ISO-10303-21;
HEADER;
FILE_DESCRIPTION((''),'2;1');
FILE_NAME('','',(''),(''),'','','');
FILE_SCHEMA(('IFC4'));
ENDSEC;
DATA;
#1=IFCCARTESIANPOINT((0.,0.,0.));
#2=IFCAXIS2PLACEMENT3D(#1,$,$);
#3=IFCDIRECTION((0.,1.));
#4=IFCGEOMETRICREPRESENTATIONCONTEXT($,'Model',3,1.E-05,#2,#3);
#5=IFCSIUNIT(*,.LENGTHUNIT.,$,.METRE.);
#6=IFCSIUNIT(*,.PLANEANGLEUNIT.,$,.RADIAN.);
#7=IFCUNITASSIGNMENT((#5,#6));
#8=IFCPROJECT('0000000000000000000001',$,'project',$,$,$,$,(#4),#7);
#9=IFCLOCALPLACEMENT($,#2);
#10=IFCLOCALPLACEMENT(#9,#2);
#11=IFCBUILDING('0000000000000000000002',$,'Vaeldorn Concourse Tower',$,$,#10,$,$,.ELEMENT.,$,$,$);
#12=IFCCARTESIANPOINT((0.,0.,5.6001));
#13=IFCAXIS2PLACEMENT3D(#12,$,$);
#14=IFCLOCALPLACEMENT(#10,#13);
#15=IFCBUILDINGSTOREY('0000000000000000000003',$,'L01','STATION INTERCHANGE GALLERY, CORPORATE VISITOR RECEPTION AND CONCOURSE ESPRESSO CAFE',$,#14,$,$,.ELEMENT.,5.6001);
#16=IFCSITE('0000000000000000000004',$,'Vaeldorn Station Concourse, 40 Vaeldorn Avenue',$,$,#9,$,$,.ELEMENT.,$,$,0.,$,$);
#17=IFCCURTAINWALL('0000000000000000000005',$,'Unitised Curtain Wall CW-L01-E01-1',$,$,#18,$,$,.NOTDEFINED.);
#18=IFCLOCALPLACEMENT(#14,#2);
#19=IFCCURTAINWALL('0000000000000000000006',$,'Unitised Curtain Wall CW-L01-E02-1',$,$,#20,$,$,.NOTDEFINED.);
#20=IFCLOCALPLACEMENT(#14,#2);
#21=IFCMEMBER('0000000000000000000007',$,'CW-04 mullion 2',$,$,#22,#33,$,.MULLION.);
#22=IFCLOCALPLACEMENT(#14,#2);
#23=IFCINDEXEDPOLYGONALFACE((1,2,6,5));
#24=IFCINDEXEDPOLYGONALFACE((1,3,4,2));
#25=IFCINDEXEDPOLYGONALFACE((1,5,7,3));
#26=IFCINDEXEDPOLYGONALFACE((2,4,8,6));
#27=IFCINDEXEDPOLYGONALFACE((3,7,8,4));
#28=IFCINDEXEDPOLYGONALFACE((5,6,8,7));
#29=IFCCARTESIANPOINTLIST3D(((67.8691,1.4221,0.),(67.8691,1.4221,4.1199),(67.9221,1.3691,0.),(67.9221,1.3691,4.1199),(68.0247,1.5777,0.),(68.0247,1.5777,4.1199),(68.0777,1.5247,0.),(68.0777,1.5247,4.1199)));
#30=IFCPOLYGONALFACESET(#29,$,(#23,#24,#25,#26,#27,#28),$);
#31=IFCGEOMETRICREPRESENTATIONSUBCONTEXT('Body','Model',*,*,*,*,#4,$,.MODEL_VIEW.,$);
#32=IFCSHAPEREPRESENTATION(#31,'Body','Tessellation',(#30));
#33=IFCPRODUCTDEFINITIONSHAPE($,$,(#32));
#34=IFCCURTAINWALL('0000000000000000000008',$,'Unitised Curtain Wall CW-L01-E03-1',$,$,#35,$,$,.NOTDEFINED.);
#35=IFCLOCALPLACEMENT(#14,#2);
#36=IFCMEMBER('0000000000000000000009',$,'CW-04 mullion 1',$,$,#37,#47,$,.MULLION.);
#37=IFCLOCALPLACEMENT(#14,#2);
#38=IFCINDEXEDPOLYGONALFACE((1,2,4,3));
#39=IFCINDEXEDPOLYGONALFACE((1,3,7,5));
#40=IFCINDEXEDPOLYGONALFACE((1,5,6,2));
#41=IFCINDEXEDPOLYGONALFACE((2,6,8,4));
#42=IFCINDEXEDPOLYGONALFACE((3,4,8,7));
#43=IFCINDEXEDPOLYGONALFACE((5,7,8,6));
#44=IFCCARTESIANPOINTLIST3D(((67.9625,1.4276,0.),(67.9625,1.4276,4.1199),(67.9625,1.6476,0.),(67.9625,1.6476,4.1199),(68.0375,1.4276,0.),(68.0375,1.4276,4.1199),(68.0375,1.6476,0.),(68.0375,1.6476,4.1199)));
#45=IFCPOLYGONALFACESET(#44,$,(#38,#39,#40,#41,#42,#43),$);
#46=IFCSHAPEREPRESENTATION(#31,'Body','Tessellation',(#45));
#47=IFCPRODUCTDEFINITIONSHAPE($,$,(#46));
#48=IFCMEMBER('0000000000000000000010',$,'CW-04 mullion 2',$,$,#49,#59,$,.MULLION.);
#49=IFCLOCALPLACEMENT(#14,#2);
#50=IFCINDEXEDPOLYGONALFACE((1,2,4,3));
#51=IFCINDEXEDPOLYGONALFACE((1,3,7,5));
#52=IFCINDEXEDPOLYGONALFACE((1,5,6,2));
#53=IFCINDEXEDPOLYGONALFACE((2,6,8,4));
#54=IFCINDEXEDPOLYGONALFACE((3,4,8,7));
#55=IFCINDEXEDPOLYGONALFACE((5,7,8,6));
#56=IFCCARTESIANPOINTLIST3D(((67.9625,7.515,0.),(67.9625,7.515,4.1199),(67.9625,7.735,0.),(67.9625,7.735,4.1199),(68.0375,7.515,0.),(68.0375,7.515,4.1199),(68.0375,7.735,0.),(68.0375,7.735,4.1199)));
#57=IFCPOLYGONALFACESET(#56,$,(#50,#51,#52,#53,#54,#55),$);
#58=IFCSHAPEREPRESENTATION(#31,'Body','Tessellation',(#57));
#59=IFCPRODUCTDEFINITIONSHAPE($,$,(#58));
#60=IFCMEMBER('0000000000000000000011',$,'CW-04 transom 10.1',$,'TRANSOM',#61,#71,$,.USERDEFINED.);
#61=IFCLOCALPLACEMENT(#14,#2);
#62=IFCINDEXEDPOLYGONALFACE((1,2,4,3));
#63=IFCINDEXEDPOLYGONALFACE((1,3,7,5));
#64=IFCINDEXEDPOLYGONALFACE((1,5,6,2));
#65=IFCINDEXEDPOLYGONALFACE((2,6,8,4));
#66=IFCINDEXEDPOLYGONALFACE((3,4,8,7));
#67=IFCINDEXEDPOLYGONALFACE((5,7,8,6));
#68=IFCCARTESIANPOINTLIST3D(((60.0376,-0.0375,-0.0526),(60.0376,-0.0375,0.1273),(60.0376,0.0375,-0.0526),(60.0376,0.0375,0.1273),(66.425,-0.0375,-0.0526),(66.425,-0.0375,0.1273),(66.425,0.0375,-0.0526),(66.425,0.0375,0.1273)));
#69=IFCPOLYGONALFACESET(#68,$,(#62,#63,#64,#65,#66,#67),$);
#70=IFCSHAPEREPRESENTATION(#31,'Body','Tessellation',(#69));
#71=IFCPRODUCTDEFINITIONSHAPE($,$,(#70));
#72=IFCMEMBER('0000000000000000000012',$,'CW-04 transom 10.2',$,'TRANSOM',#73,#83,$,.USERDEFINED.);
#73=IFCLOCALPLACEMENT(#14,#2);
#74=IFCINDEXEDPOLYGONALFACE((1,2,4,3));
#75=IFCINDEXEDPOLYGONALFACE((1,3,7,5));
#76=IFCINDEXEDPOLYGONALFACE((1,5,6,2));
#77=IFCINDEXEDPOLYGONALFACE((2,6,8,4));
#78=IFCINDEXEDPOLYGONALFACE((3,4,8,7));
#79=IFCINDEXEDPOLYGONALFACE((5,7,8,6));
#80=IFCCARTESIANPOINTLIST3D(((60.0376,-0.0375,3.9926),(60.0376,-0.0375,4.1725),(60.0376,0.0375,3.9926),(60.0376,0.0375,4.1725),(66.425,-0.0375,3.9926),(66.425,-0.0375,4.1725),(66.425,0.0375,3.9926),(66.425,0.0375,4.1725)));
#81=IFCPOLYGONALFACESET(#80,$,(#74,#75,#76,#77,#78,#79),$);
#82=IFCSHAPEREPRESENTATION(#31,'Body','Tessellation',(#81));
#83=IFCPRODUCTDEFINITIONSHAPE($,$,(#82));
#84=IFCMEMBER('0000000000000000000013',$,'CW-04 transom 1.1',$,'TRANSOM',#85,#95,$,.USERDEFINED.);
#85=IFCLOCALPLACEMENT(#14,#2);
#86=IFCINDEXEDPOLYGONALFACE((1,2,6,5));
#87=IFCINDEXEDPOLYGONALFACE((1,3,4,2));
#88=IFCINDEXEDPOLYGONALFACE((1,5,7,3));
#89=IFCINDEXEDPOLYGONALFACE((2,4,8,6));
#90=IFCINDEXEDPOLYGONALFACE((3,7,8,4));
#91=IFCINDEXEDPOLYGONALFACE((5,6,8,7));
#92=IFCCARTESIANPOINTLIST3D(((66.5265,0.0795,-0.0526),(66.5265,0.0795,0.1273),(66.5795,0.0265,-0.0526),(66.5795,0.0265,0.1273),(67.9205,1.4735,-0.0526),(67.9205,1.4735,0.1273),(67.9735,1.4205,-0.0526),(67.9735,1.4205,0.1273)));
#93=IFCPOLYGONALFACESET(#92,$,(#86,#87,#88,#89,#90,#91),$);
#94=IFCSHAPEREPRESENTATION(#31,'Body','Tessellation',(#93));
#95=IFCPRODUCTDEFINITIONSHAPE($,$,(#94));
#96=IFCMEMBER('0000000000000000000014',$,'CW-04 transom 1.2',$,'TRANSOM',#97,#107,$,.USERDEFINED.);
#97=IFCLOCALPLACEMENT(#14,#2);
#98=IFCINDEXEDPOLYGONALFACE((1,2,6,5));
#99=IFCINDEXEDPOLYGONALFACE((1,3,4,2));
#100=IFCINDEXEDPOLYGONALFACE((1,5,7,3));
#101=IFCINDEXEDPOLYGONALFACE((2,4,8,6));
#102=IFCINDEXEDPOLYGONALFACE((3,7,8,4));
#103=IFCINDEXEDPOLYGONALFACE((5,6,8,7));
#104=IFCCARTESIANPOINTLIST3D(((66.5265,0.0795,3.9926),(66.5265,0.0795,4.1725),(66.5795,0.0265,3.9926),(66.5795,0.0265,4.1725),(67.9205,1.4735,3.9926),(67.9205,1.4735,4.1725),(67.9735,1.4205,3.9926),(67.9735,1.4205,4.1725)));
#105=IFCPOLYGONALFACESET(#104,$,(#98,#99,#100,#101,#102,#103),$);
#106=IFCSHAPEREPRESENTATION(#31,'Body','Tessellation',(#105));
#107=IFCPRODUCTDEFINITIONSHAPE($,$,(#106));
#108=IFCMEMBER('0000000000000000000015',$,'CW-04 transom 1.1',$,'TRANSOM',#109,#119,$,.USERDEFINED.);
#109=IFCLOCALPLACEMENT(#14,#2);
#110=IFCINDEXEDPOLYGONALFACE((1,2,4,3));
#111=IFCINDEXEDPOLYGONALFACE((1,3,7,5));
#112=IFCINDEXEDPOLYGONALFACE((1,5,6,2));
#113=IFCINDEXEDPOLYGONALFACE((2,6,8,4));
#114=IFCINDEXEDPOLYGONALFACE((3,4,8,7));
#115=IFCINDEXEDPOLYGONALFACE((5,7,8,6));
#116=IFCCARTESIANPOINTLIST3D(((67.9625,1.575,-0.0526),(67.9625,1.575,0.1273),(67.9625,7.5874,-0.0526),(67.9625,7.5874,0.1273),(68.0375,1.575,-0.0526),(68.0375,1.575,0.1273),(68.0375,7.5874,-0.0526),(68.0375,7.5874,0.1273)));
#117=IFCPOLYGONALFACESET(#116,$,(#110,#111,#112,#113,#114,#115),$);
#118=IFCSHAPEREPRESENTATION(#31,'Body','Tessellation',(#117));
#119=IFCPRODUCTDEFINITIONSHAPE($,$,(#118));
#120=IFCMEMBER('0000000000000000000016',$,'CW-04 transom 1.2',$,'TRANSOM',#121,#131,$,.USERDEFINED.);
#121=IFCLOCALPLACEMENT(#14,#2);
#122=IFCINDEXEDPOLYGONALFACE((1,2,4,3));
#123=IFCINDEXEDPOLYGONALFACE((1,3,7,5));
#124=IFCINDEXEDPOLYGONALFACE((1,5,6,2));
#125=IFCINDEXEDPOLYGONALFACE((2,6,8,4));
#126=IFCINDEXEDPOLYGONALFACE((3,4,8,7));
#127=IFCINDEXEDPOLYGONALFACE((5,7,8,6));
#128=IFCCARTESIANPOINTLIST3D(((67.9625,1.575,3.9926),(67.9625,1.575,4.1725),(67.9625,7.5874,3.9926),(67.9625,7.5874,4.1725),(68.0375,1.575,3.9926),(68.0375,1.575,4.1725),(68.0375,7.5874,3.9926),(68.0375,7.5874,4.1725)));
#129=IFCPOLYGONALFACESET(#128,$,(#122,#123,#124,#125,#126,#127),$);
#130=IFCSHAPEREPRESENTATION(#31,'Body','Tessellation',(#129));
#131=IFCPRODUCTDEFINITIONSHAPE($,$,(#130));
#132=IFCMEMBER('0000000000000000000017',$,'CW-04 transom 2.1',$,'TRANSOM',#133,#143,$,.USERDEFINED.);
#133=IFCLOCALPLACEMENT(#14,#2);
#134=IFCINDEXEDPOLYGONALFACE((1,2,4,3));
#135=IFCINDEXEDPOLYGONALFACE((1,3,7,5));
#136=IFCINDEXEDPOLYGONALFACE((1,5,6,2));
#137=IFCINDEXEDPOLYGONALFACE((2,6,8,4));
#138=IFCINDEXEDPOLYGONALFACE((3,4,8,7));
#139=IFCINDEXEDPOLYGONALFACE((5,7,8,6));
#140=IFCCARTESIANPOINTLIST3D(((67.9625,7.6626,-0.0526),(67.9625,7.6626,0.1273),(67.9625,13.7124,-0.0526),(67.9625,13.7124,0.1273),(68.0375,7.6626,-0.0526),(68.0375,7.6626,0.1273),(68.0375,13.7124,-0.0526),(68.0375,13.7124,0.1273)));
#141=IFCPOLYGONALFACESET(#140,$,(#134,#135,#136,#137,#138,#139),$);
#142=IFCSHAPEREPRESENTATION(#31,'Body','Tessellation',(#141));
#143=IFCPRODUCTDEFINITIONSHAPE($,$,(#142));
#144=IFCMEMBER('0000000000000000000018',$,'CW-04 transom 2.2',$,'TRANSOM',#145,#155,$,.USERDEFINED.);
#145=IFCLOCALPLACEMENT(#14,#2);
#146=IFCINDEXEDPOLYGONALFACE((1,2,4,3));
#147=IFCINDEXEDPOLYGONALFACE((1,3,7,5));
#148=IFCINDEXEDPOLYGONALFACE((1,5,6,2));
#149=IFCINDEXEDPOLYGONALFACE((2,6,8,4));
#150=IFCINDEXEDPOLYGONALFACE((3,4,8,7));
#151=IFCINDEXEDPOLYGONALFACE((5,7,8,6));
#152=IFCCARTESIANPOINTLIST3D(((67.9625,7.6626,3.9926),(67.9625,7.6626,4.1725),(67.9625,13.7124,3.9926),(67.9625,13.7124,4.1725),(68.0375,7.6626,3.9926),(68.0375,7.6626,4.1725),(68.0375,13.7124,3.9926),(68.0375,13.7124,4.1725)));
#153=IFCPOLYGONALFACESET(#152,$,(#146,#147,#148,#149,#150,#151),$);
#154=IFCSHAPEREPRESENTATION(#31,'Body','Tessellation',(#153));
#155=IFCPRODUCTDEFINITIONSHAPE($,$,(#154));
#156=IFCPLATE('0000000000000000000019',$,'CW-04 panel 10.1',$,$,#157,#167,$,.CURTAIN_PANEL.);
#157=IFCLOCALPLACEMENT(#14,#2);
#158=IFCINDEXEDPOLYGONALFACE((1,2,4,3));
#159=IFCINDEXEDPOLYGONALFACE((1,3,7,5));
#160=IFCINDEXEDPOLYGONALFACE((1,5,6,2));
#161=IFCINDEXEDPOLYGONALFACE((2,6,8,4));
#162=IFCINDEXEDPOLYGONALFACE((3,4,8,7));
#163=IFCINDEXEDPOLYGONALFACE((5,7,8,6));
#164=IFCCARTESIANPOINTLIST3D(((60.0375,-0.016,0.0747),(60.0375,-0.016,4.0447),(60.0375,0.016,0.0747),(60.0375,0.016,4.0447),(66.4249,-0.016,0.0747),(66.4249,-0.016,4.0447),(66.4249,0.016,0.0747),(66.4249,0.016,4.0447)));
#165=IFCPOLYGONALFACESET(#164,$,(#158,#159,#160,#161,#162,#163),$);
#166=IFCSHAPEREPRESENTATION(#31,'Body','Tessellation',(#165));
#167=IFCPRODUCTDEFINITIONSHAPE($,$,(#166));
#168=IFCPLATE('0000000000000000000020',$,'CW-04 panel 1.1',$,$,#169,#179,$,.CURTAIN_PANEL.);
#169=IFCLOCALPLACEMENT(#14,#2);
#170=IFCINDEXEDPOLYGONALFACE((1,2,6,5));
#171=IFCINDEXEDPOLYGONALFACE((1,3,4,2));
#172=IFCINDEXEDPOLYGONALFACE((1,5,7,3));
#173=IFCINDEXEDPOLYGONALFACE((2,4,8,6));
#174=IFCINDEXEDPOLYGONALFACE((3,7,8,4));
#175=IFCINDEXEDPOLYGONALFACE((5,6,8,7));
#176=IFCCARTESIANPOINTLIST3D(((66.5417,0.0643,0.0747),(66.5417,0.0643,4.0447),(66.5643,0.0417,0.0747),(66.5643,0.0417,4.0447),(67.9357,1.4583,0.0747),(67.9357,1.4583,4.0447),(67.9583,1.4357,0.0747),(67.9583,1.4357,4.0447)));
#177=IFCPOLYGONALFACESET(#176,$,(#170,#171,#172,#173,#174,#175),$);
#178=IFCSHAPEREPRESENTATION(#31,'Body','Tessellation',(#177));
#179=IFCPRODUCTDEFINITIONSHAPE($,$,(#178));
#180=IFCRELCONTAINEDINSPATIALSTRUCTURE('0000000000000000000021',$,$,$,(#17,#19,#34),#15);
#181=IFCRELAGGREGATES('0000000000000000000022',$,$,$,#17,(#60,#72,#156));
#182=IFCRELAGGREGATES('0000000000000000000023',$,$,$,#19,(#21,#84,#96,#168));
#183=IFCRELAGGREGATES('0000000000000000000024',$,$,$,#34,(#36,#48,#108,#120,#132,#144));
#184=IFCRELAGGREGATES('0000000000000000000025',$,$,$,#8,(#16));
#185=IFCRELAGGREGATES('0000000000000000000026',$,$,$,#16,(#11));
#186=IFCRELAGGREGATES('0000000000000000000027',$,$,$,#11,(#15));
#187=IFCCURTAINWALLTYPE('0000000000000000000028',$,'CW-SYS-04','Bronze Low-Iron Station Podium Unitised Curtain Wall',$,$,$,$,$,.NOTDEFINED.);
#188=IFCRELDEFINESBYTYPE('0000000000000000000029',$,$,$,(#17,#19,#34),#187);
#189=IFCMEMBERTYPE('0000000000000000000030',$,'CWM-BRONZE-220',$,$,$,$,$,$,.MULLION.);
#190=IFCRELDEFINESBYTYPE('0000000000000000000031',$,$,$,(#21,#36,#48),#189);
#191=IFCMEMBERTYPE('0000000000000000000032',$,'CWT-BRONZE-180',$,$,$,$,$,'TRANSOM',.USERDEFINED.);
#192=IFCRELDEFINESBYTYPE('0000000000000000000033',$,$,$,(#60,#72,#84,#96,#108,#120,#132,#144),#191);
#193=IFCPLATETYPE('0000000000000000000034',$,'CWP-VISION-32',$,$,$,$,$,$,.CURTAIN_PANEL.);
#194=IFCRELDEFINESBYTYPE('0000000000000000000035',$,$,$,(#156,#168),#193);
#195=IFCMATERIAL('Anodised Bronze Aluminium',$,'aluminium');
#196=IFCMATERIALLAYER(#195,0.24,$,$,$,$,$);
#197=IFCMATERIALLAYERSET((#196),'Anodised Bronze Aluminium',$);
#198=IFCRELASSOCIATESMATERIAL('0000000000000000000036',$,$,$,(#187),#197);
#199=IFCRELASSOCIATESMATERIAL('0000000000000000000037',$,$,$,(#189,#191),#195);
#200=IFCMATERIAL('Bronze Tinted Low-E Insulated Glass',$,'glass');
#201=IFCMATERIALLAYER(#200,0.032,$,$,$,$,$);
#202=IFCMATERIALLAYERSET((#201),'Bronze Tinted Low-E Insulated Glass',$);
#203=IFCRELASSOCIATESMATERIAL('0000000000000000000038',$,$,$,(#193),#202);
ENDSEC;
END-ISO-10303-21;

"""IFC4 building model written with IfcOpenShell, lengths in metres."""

from ifc_helpers import new_model, si_unit, direction, frame, origin, origin_2d, place, context, subcontext, project, spatial, rectangle, extrude, source, transform, mapped, material, layer, layer_set, material_profile, profile_set, type_object, element, aggregate, save


model = new_model("IFC4")

# Units and contexts
model_context = context("Model", 3, precision=1e-05, world=origin(), true_north=direction((0.0, 1.0)))
body_context = subcontext(model_context, "Body", "Model", "MODEL_VIEW")
ifc_project = project(units=[si_unit("LENGTHUNIT", "METRE"), si_unit("PLANEANGLEUNIT", "RADIAN")], contexts=[model_context])

# Site, building, storey
site_placement = place(None, origin())
site = spatial("IfcSite", under=ifc_project, at=site_placement, Name="Vaeldorn Station Concourse, 40 Vaeldorn Avenue", CompositionType="ELEMENT", RefElevation=0.0)
building_placement = place(site_placement, origin())
building = spatial("IfcBuilding", under=site, at=building_placement, Name="Vaeldorn Concourse Tower", CompositionType="ELEMENT")
storey_placement = place(building_placement, frame((0.0, 0.0, 5.6001)))
storey = spatial("IfcBuildingStorey", under=building, at=storey_placement, Name="L01", Description="STATION INTERCHANGE GALLERY, CORPORATE VISITOR RECEPTION AND CONCOURSE ESPRESSO CAFE", CompositionType="ELEMENT", Elevation=5.6001)

# Curtain walls, members
ifc_material_1 = material(Name="Anodised Bronze Aluminium", Category="aluminium")
ifc_layer_1 = layer(ifc_material_1, 0.24)
ifc_layer_set_1 = layer_set([ifc_layer_1], Name="Anodised Bronze Aluminium")
curtain_wall_type = type_object("IfcCurtainWallType", Name="CW-SYS-04", Description="Bronze Low-Iron Station Podium Unitised Curtain Wall", PredefinedType="NOTDEFINED", material=ifc_layer_set_1)
curtain_wall_1_placement = place(storey_placement, origin())
curtain_wall_1 = element("IfcCurtainWall", 1, at=curtain_wall_1_placement, inside=storey, type_object=curtain_wall_type, Name="Unitised Curtain Wall CW-L01-E01-1", PredefinedType="NOTDEFINED")
ifc_material_profile_1 = material_profile(ifc_material_1, rectangle(XDim=0.075, YDim=0.22, at=origin_2d()), Name="CWM 75x220")
ifc_profile_set_1 = profile_set([ifc_material_profile_1], Name="Anodised Bronze Aluminium")
member_type_1 = type_object("IfcMemberType", Name="CWM-BRONZE-220", PredefinedType="MULLION", material=ifc_profile_set_1)
shared_shape_1 = source(origin(), body_context, "Body", "SweptSolid", [
    extrude(rectangle(XDim=0.075, YDim=0.22, at=origin_2d()), origin(), (0.0, 0.0, 1.0), 4.1199),
])
curtain_wall_2_placement = place(storey_placement, origin())
curtain_wall_2 = element("IfcCurtainWall", 2, at=curtain_wall_2_placement, inside=storey, type_object=curtain_wall_type, Name="Unitised Curtain Wall CW-L01-E02-1", PredefinedType="NOTDEFINED")
member_1_placement = place(storey_placement, frame((67.9734, 1.4734, 0.0), z_axis=(0.0, 0.0, 1.0), x_axis=(-0.707107, 0.707107, 0.0)))
member_1 = element("IfcMember", 3, at=member_1_placement, type_object=member_type_1, Name="CW-04 mullion 2", PredefinedType="MULLION", context=body_context, shape_type="MappedRepresentation", body=[
    mapped(shared_shape_1, transform((0.0, 0.0, 0.0), scale=1.0)),
])
curtain_wall_3_placement = place(storey_placement, origin())
curtain_wall_3 = element("IfcCurtainWall", 4, at=curtain_wall_3_placement, inside=storey, type_object=curtain_wall_type, Name="Unitised Curtain Wall CW-L01-E03-1", PredefinedType="NOTDEFINED")
member_2_placement = place(storey_placement, frame((68.0, 1.5376, 0.0), z_axis=(0.0, 0.0, 1.0), x_axis=(-1.0, 0.0, 0.0)))
member_2 = element("IfcMember", 5, at=member_2_placement, type_object=member_type_1, Name="CW-04 mullion 1", PredefinedType="MULLION", context=body_context, shape_type="MappedRepresentation", body=[
    mapped(shared_shape_1, transform((0.0, 0.0, 0.0), scale=1.0)),
])
member_3_placement = place(storey_placement, frame((68.0, 7.625, 0.0), z_axis=(0.0, 0.0, 1.0), x_axis=(-1.0, 0.0, 0.0)))
member_3 = element("IfcMember", 6, at=member_3_placement, type_object=member_type_1, Name="CW-04 mullion 2", PredefinedType="MULLION", context=body_context, shape_type="MappedRepresentation", body=[
    mapped(shared_shape_1, transform((0.0, 0.0, 0.0), scale=1.0)),
])

# Members
ifc_material_profile_2 = material_profile(ifc_material_1, rectangle(XDim=0.075, YDim=0.1799, at=origin_2d()), Name="CWT 75x180")
ifc_profile_set_2 = profile_set([ifc_material_profile_2], Name="Anodised Bronze Aluminium")
member_type_2 = type_object("IfcMemberType", Name="CWT-BRONZE-180", ElementType="TRANSOM", PredefinedType="USERDEFINED", material=ifc_profile_set_2)
shared_shape_2 = source(origin(), body_context, "Body", "SweptSolid", [
    extrude(rectangle(XDim=0.075, YDim=0.1799, at=origin_2d()), origin(), (0.0, 0.0, 1.0), 6.3875),
])
member_4_placement = place(storey_placement, frame((60.0376, 0.0, 0.0374), z_axis=(1.0, 0.0, 0.0), x_axis=(0.0, 1.0, 0.0)))
member_4 = element("IfcMember", 7, at=member_4_placement, type_object=member_type_2, Name="CW-04 transom 10.1", ObjectType="TRANSOM", PredefinedType="USERDEFINED", context=body_context, shape_type="MappedRepresentation", body=[
    mapped(shared_shape_2, transform((0.0, 0.0, 0.0), scale=1.0)),
])
member_5_placement = place(storey_placement, frame((60.0376, 0.0, 4.0825), z_axis=(1.0, 0.0, 0.0), x_axis=(0.0, 1.0, 0.0)))
member_5 = element("IfcMember", 8, at=member_5_placement, type_object=member_type_2, Name="CW-04 transom 10.2", ObjectType="TRANSOM", PredefinedType="USERDEFINED", context=body_context, shape_type="MappedRepresentation", body=[
    mapped(shared_shape_2, transform((0.0, 0.0, 0.0), scale=1.0)),
])
shared_shape_3 = source(origin(), body_context, "Body", "SweptSolid", [
    extrude(rectangle(XDim=0.075, YDim=0.1799, at=origin_2d()), origin(), (0.0, 0.0, 1.0), 1.9714),
])
member_6_placement = place(storey_placement, frame((66.553, 0.053, 0.0374), z_axis=(0.707107, 0.707107, 0.0), x_axis=(-0.707107, 0.707107, 0.0)))
member_6 = element("IfcMember", 9, at=member_6_placement, type_object=member_type_2, Name="CW-04 transom 1.1", ObjectType="TRANSOM", PredefinedType="USERDEFINED", context=body_context, shape_type="MappedRepresentation", body=[
    mapped(shared_shape_3, transform((0.0, 0.0, 0.0), scale=1.0)),
])
member_7_placement = place(storey_placement, frame((66.553, 0.053, 4.0825), z_axis=(0.707107, 0.707107, 0.0), x_axis=(-0.707107, 0.707107, 0.0)))
member_7 = element("IfcMember", 10, at=member_7_placement, type_object=member_type_2, Name="CW-04 transom 1.2", ObjectType="TRANSOM", PredefinedType="USERDEFINED", context=body_context, shape_type="MappedRepresentation", body=[
    mapped(shared_shape_3, transform((0.0, 0.0, 0.0), scale=1.0)),
])
shared_shape_4 = source(origin(), body_context, "Body", "SweptSolid", [
    extrude(rectangle(XDim=0.075, YDim=0.1799, at=origin_2d()), origin(), (0.0, 0.0, 1.0), 6.0125),
])
member_8_placement = place(storey_placement, frame((68.0, 1.575, 0.0374), z_axis=(0.0, 1.0, 0.0), x_axis=(-1.0, 0.0, 0.0)))
member_8 = element("IfcMember", 11, at=member_8_placement, type_object=member_type_2, Name="CW-04 transom 1.1", ObjectType="TRANSOM", PredefinedType="USERDEFINED", context=body_context, shape_type="MappedRepresentation", body=[
    mapped(shared_shape_4, transform((0.0, 0.0, 0.0), scale=1.0)),
])
member_9_placement = place(storey_placement, frame((68.0, 1.575, 4.0825), z_axis=(0.0, 1.0, 0.0), x_axis=(-1.0, 0.0, 0.0)))
member_9 = element("IfcMember", 12, at=member_9_placement, type_object=member_type_2, Name="CW-04 transom 1.2", ObjectType="TRANSOM", PredefinedType="USERDEFINED", context=body_context, shape_type="MappedRepresentation", body=[
    mapped(shared_shape_4, transform((0.0, 0.0, 0.0), scale=1.0)),
])
shared_shape_5 = source(origin(), body_context, "Body", "SweptSolid", [
    extrude(rectangle(XDim=0.075, YDim=0.1799, at=origin_2d()), origin(), (0.0, 0.0, 1.0), 6.0498),
])
member_10_placement = place(storey_placement, frame((68.0, 7.6626, 0.0374), z_axis=(0.0, 1.0, 0.0), x_axis=(-1.0, 0.0, 0.0)))
member_10 = element("IfcMember", 13, at=member_10_placement, type_object=member_type_2, Name="CW-04 transom 2.1", ObjectType="TRANSOM", PredefinedType="USERDEFINED", context=body_context, shape_type="MappedRepresentation", body=[
    mapped(shared_shape_5, transform((0.0, 0.0, 0.0), scale=1.0)),
])
member_11_placement = place(storey_placement, frame((68.0, 7.6626, 4.0825), z_axis=(0.0, 1.0, 0.0), x_axis=(-1.0, 0.0, 0.0)))
member_11 = element("IfcMember", 14, at=member_11_placement, type_object=member_type_2, Name="CW-04 transom 2.2", ObjectType="TRANSOM", PredefinedType="USERDEFINED", context=body_context, shape_type="MappedRepresentation", body=[
    mapped(shared_shape_5, transform((0.0, 0.0, 0.0), scale=1.0)),
])

# Plates
ifc_material_2 = material(Name="Bronze Tinted Low-E Insulated Glass", Category="glass")
ifc_layer_2 = layer(ifc_material_2, 0.032)
ifc_layer_set_2 = layer_set([ifc_layer_2], Name="Bronze Tinted Low-E Insulated Glass")
plate_type = type_object("IfcPlateType", Name="CWP-VISION-32", PredefinedType="CURTAIN_PANEL", material=ifc_layer_set_2)
shared_shape_6 = source(origin(), body_context, "Body", "SweptSolid", [
    extrude(rectangle(XDim=6.3875, YDim=0.032, at=origin_2d()), origin(), (0.0, 0.0, 1.0), 3.97),
])
plate_1_placement = place(storey_placement, frame((63.2312, 0.0, 0.0747), z_axis=(0.0, 0.0, 1.0), x_axis=(1.0, 0.0, 0.0)))
plate_1 = element("IfcPlate", 15, at=plate_1_placement, type_object=plate_type, Name="CW-04 panel 10.1", PredefinedType="CURTAIN_PANEL", context=body_context, shape_type="MappedRepresentation", body=[
    mapped(shared_shape_6, transform((0.0, 0.0, 0.0), scale=1.0)),
])
aggregate(curtain_wall_1, [member_4, member_5, plate_1])
shared_shape_7 = source(origin(), body_context, "Body", "SweptSolid", [
    extrude(rectangle(XDim=1.9714, YDim=0.032, at=origin_2d()), origin(), (0.0, 0.0, 1.0), 3.97),
])
plate_2_placement = place(storey_placement, frame((67.25, 0.75, 0.0747), z_axis=(0.0, 0.0, 1.0), x_axis=(0.707107, 0.707107, 0.0)))
plate_2 = element("IfcPlate", 16, at=plate_2_placement, type_object=plate_type, Name="CW-04 panel 1.1", PredefinedType="CURTAIN_PANEL", context=body_context, shape_type="MappedRepresentation", body=[
    mapped(shared_shape_7, transform((0.0, 0.0, 0.0), scale=1.0)),
])
aggregate(curtain_wall_2, [member_1, member_6, member_7, plate_2])
aggregate(curtain_wall_3, [member_2, member_3, member_8, member_9, member_10, member_11])

save(model, "model.ifc")
